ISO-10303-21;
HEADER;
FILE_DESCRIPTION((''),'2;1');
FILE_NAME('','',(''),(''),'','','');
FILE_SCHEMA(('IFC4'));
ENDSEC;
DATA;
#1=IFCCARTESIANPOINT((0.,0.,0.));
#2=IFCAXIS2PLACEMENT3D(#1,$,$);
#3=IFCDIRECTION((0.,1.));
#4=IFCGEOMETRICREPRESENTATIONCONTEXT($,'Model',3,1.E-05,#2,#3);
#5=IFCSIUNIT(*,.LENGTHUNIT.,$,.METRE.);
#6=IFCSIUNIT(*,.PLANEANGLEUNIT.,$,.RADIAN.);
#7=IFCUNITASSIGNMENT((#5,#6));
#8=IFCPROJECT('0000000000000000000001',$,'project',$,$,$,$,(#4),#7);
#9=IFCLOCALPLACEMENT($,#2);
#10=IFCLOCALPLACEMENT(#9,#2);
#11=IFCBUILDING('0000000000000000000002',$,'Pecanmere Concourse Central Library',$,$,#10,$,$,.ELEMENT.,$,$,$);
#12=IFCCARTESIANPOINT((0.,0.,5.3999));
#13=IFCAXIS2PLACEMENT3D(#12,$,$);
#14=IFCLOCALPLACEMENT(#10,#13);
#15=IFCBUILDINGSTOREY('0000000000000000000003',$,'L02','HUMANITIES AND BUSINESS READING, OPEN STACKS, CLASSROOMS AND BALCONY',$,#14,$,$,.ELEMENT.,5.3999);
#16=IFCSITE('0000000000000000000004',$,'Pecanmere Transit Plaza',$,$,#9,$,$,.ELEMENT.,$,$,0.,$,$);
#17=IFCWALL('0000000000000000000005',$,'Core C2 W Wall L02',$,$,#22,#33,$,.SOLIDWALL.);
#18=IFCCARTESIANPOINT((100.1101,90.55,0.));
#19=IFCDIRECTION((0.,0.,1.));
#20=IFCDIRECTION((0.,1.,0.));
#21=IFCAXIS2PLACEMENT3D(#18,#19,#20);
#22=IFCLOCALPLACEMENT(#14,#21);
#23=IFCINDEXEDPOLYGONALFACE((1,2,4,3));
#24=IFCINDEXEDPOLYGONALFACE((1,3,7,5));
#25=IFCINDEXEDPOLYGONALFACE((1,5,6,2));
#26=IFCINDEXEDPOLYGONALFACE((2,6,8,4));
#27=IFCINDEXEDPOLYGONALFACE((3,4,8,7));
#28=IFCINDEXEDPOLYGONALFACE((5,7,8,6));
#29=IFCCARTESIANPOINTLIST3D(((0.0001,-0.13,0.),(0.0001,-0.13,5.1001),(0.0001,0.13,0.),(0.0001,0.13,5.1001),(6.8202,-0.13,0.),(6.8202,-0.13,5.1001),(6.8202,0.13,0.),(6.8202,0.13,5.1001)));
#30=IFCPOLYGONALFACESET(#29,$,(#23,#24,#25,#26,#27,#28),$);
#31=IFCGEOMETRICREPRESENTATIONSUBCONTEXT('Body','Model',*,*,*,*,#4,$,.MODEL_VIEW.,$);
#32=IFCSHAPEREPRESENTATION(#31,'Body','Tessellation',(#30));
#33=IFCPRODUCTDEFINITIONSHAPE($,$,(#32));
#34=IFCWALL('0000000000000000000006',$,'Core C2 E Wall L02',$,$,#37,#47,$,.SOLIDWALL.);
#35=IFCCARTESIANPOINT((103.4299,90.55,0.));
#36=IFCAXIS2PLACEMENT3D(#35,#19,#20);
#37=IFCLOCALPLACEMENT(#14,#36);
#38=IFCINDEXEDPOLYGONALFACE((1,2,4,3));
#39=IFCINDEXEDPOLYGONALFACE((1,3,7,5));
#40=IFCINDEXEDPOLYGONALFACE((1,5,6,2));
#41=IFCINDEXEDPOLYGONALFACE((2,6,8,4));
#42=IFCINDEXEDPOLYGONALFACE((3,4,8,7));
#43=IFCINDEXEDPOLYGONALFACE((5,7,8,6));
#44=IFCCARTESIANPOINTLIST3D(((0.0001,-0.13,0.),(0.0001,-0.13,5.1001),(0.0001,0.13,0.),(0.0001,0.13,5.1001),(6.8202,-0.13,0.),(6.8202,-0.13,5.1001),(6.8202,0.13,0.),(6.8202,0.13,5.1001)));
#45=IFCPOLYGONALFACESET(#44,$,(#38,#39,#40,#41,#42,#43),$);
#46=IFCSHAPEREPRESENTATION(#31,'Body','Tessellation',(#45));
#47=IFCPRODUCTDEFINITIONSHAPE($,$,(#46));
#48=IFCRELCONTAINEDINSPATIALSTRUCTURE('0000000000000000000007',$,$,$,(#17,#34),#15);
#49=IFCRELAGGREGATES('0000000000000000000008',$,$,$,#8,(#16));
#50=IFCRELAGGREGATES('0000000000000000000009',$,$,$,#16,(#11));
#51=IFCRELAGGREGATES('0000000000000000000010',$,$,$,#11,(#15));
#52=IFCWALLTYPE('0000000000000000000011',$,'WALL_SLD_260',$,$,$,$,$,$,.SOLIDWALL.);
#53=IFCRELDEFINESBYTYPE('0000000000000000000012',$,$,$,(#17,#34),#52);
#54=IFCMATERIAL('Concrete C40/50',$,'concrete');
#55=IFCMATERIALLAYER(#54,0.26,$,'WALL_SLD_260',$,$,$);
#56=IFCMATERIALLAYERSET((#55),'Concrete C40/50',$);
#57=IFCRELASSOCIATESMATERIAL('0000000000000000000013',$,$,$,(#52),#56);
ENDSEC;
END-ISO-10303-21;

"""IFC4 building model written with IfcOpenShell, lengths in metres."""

from ifc_helpers import new_model, si_unit, direction, frame, frame_2d, origin, place, context, subcontext, project, spatial, rectangle, extrude, material, layer, layer_set, type_object, element, save


model = new_model("IFC4")

# Units and contexts
model_context = context("Model", 3, precision=1e-05, world=origin(), true_north=direction((0.0, 1.0)))
body_context = subcontext(model_context, "Body", "Model", "MODEL_VIEW")
ifc_project = project(units=[si_unit("LENGTHUNIT", "METRE"), si_unit("PLANEANGLEUNIT", "RADIAN")], contexts=[model_context])

# Site, building, storey
site_placement = place(None, origin())
site = spatial("IfcSite", under=ifc_project, at=site_placement, Name="Pecanmere Transit Plaza", CompositionType="ELEMENT", RefElevation=0.0)
building_placement = place(site_placement, origin())
building = spatial("IfcBuilding", under=site, at=building_placement, Name="Pecanmere Concourse Central Library", CompositionType="ELEMENT")
storey_placement = place(building_placement, frame((0.0, 0.0, 5.3999)))
storey = spatial("IfcBuildingStorey", under=building, at=storey_placement, Name="L02", Description="HUMANITIES AND BUSINESS READING, OPEN STACKS, CLASSROOMS AND BALCONY", CompositionType="ELEMENT", Elevation=5.3999)

# Walls
ifc_material_1 = material(Name="Concrete C40/50", Category="concrete")
ifc_layer_1 = layer(ifc_material_1, 0.26, Name="WALL_SLD_260")
ifc_layer_set_1 = layer_set([ifc_layer_1], Name="Concrete C40/50")
wall_type_1 = type_object("IfcWallType", Name="WALL_SLD_260", PredefinedType="SOLIDWALL", material=ifc_layer_set_1)
for number, where, z_axis, x_axis, name in (
    (1, (100.1101, 90.55, 0.0), (0.0, 0.0, 1.0), (0.0, 1.0, 0.0), "Core C2 W Wall L02"),
    (2, (103.4299, 90.55, 0.0), (0.0, 0.0, 1.0), (0.0, 1.0, 0.0), "Core C2 E Wall L02"),
):
    element("IfcWall", number, at=place(storey_placement, frame(where, z_axis=z_axis, x_axis=x_axis)), inside=storey, type_object=wall_type_1, Name=name, PredefinedType="SOLIDWALL", context=body_context, shape_type="SweptSolid", body=[
        extrude(rectangle(XDim=6.8201, YDim=0.26, at=frame_2d((3.4102, 0.0))), origin(), (0.0, 0.0, 1.0), 5.1001),
    ])

save(model, "model.ifc")
